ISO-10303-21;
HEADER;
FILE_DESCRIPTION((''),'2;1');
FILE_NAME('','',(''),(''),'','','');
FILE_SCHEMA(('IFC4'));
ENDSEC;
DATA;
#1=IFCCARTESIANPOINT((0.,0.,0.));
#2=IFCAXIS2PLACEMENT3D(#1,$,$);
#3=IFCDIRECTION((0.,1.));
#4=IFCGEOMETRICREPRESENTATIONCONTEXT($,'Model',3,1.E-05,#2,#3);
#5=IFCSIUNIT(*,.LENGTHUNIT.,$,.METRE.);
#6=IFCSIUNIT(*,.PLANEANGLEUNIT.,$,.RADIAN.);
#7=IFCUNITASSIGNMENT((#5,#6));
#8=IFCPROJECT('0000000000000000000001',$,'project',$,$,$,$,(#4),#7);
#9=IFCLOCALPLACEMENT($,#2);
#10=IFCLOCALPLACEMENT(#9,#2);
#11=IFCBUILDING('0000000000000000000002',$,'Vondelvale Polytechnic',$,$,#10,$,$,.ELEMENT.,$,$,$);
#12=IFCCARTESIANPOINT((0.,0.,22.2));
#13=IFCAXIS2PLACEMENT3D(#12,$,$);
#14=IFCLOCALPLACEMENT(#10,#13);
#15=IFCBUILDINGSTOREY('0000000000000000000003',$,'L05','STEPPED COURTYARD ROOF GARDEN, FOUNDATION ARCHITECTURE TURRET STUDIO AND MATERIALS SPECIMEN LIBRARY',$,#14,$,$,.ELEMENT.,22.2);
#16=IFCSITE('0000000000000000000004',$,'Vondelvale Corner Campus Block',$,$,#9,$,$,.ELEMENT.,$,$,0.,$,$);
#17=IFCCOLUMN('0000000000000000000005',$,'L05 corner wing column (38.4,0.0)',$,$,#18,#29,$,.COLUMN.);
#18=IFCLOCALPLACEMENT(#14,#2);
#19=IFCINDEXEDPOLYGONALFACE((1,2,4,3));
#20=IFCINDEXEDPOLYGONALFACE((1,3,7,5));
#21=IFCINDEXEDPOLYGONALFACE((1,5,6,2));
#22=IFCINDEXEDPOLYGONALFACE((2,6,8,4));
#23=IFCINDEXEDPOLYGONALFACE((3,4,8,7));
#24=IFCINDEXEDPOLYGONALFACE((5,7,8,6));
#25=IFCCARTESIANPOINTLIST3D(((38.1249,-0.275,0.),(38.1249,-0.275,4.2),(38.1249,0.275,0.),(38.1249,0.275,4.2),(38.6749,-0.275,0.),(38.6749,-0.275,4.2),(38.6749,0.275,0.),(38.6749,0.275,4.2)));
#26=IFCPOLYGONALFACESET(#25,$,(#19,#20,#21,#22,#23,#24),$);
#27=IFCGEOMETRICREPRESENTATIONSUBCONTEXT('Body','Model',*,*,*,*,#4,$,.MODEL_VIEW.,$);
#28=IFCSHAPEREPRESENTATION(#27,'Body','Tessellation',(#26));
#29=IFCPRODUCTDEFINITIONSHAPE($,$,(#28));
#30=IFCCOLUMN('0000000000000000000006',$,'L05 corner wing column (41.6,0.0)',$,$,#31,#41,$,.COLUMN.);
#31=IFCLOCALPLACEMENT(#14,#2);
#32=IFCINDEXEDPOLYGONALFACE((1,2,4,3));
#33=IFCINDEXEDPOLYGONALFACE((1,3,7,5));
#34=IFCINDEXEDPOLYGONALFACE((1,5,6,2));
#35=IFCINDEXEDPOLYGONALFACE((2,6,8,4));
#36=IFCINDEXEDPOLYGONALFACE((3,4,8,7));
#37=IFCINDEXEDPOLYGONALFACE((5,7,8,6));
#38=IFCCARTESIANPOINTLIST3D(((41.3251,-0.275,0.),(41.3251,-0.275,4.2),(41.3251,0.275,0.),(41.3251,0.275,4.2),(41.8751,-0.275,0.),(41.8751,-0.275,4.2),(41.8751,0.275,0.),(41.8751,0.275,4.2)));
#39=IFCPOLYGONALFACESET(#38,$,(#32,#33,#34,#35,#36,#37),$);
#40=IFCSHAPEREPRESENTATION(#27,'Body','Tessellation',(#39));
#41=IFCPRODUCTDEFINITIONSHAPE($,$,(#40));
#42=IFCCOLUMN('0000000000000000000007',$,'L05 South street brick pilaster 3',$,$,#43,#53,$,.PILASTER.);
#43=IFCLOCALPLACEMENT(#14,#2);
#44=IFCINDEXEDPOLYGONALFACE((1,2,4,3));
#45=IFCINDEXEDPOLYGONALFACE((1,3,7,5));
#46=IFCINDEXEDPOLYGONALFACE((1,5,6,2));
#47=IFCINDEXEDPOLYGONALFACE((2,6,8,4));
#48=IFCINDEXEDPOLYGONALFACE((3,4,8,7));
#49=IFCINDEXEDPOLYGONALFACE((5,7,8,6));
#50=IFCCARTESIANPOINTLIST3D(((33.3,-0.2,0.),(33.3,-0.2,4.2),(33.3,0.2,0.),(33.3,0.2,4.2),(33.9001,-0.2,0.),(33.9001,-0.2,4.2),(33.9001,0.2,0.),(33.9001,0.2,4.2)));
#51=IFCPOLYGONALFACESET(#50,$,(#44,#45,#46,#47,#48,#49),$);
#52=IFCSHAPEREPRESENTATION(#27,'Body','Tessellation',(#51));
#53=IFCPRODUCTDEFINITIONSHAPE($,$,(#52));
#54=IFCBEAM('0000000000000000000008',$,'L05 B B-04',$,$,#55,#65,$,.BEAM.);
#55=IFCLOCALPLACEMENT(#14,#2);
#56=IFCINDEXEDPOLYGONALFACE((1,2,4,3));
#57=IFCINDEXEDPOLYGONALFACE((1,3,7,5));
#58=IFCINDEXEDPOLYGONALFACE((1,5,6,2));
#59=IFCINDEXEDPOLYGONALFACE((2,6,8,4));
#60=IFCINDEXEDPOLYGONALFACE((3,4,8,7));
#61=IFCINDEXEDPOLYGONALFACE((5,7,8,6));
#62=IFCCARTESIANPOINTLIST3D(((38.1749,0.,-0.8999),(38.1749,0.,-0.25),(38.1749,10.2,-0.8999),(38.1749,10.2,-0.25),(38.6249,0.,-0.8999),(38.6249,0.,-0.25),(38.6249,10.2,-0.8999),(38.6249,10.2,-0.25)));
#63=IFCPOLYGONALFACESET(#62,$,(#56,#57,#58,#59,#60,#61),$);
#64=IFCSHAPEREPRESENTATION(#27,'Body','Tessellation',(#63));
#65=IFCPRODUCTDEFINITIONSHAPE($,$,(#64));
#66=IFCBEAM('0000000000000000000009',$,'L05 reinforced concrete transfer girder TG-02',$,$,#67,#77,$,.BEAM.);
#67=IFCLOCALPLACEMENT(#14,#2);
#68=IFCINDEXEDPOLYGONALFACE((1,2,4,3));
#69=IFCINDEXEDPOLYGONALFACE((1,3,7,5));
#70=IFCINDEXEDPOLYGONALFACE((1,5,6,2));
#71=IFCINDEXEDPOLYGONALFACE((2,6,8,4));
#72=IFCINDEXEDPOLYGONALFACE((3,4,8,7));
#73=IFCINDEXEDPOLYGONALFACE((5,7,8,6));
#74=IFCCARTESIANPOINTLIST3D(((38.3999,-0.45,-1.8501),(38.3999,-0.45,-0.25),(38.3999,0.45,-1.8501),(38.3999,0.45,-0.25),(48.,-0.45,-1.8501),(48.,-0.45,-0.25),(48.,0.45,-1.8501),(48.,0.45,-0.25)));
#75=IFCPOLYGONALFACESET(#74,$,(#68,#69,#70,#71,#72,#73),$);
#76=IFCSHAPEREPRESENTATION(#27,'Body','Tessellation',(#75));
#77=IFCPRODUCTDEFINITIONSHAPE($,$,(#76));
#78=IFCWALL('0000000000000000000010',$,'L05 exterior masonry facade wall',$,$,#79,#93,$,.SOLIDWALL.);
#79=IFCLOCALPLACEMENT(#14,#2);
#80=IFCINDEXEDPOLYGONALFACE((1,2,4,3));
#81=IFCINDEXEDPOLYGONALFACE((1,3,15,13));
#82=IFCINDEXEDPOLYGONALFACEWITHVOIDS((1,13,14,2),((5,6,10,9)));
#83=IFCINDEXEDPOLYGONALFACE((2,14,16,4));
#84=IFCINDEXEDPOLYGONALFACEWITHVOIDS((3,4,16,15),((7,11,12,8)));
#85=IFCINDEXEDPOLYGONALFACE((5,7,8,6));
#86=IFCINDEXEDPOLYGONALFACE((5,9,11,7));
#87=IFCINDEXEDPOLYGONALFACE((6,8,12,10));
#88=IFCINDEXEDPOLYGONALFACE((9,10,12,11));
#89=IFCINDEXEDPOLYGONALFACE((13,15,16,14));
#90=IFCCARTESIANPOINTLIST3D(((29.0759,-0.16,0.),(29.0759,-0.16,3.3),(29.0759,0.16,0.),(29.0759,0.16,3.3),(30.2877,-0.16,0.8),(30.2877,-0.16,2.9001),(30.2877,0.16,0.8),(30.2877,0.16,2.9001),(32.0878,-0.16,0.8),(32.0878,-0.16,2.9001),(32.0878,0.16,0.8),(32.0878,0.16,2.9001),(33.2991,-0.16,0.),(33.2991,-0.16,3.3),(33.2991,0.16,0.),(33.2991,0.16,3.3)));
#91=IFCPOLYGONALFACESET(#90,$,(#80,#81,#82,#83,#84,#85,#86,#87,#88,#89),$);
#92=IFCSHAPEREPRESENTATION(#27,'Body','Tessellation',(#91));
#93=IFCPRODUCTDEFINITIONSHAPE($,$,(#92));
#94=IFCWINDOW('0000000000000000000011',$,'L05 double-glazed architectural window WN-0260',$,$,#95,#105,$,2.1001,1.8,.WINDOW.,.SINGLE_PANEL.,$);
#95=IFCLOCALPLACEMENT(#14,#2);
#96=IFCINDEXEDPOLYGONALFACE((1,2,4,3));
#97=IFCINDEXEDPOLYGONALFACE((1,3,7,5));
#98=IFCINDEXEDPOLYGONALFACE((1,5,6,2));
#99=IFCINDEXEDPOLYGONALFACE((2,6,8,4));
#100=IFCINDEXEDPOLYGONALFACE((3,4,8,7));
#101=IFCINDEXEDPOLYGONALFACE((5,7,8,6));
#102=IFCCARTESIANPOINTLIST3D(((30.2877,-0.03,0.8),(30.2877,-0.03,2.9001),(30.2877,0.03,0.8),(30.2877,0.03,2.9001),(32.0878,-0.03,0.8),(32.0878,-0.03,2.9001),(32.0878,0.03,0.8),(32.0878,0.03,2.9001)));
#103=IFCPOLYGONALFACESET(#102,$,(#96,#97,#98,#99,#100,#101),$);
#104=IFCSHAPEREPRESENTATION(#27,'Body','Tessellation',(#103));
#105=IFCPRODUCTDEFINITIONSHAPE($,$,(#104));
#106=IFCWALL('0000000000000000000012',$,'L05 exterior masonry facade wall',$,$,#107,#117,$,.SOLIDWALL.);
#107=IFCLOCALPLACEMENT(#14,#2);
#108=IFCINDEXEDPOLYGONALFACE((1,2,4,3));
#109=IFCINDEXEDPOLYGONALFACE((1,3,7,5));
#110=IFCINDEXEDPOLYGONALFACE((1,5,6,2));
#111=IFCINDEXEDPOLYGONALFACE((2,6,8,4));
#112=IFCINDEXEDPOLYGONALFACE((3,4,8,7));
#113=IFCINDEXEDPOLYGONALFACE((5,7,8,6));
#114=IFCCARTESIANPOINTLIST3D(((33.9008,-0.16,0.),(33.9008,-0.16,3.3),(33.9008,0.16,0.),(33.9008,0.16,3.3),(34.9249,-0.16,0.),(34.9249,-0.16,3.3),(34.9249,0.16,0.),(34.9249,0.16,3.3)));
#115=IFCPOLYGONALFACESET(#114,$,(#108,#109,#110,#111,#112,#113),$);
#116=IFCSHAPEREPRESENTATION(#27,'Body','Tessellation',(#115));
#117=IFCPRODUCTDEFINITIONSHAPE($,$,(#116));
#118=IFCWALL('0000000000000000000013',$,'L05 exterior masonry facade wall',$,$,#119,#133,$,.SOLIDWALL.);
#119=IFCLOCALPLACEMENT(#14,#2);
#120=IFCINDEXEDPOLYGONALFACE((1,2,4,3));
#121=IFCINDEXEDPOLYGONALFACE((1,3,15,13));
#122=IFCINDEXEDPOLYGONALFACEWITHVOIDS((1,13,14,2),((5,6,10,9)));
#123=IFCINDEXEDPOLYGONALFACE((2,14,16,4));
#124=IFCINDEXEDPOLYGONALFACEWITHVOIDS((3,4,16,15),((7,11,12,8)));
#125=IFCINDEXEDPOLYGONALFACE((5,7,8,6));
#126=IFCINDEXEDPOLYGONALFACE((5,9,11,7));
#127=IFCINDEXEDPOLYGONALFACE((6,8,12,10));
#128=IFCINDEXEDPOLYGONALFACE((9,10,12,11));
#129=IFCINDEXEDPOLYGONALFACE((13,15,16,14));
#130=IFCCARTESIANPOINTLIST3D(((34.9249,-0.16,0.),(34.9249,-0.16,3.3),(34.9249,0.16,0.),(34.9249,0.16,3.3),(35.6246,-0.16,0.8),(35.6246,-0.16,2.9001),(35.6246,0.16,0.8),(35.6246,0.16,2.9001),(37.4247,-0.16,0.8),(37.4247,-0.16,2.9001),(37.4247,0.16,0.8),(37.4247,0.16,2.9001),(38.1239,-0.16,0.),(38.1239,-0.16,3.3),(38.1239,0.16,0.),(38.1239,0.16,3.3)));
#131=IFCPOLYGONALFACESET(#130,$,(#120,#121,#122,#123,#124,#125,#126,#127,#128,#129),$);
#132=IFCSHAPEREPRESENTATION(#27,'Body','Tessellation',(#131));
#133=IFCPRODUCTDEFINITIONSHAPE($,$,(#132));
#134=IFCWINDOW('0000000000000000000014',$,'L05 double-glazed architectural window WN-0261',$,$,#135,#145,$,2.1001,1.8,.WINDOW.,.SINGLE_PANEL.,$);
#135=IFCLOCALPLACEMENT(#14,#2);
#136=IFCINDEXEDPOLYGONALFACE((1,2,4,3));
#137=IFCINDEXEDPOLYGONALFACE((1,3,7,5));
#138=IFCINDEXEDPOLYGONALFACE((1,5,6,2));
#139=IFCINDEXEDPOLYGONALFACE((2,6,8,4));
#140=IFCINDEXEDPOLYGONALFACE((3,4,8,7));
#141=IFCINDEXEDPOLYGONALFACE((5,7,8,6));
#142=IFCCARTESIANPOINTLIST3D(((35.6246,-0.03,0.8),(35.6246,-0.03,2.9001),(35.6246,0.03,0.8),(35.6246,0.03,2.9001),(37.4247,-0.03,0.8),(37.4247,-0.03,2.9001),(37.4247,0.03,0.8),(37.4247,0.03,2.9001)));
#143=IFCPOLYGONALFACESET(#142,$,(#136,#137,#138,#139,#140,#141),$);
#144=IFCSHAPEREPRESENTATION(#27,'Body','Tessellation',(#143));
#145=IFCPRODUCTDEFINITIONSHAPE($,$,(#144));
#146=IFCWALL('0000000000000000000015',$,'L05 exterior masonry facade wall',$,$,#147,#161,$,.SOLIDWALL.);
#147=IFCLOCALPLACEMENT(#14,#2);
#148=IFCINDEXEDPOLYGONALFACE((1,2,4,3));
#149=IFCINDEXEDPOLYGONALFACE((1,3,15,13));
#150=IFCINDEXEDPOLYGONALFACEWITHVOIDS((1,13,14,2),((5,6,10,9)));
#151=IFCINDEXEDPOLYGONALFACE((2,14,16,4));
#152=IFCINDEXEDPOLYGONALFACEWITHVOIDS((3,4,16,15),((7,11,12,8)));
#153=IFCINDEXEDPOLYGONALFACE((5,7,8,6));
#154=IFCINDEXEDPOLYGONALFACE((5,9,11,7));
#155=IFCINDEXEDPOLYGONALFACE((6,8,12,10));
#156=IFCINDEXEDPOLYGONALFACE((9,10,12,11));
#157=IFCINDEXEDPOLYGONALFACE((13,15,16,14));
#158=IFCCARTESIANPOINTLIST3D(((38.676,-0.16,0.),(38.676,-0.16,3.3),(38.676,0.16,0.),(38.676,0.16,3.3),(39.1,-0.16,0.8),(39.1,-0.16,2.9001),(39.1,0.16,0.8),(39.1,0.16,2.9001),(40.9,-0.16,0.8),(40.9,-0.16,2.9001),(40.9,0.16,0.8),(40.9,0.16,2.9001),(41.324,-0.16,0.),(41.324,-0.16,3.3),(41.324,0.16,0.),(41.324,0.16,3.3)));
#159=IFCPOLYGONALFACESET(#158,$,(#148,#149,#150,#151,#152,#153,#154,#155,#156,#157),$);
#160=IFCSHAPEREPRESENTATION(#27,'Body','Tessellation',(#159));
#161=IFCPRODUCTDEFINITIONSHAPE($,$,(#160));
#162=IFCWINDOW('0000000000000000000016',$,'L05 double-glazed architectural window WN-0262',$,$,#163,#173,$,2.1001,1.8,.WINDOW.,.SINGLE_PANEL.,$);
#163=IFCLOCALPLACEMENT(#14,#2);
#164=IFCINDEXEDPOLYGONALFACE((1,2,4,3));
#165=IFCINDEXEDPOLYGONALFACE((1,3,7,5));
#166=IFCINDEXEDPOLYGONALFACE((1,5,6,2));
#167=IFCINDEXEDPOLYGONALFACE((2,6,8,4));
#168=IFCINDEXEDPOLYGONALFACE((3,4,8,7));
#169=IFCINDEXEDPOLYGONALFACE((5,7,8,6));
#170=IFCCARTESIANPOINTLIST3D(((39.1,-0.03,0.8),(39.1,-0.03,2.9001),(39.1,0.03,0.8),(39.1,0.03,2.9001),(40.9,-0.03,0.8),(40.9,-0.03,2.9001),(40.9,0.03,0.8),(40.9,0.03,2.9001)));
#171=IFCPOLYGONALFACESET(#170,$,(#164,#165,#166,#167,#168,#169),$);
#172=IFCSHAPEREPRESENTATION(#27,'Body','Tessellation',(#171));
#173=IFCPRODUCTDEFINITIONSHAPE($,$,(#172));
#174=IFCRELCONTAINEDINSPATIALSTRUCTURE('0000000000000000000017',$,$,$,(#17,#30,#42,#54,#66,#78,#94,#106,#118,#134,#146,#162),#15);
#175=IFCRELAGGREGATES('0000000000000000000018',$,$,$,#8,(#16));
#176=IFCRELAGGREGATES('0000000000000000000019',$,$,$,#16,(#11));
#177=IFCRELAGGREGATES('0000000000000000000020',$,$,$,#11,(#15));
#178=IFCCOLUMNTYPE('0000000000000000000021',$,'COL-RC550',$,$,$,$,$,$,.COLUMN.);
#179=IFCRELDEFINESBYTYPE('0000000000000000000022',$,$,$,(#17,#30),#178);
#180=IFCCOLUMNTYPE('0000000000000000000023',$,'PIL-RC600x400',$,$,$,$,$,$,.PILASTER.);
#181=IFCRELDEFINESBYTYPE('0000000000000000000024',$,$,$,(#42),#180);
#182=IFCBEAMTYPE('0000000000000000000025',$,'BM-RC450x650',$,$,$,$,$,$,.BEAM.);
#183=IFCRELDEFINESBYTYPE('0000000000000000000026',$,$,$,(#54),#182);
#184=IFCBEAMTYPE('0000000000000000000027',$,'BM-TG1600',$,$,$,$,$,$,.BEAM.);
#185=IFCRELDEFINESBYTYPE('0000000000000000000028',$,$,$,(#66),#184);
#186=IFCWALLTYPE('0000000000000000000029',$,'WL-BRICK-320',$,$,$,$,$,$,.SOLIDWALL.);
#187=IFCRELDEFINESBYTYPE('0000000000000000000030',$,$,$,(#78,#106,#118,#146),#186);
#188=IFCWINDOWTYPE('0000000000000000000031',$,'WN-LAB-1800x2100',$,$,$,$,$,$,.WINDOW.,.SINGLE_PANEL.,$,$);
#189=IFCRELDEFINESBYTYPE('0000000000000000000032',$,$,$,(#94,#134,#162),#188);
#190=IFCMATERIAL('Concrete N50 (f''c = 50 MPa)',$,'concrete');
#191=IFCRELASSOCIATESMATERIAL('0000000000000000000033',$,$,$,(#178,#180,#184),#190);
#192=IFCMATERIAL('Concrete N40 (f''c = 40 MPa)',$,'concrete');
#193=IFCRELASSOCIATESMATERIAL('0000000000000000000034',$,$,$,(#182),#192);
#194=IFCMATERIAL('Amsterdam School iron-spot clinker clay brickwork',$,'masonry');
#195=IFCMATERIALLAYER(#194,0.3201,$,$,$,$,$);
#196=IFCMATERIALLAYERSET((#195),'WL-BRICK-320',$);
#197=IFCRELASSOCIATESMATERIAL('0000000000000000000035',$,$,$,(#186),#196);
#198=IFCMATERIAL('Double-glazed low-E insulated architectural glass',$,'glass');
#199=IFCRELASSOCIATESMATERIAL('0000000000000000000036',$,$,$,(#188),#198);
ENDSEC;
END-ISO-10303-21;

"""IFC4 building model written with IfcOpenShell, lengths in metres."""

from ifc_helpers import new_model, si_unit, direction, frame, frame_2d, origin, origin_2d, place, context, subcontext, project, spatial, rectangle, extrude, material, layer, layer_set, material_profile, profile_set, type_object, element, fill, save


model = new_model("IFC4")

# Units and contexts
model_context = context("Model", 3, precision=1e-05, world=origin(), true_north=direction((0.0, 1.0)))
body_context = subcontext(model_context, "Body", "Model", "MODEL_VIEW")
ifc_project = project(units=[si_unit("LENGTHUNIT", "METRE"), si_unit("PLANEANGLEUNIT", "RADIAN")], contexts=[model_context])

# Site, building, storey
site_placement = place(None, origin())
site = spatial("IfcSite", under=ifc_project, at=site_placement, Name="Vondelvale Corner Campus Block", CompositionType="ELEMENT", RefElevation=0.0)
building_placement = place(site_placement, origin())
building = spatial("IfcBuilding", under=site, at=building_placement, Name="Vondelvale Polytechnic", CompositionType="ELEMENT")
storey_placement = place(building_placement, frame((0.0, 0.0, 22.2)))
storey = spatial("IfcBuildingStorey", under=building, at=storey_placement, Name="L05", Description="STEPPED COURTYARD ROOF GARDEN, FOUNDATION ARCHITECTURE TURRET STUDIO AND MATERIALS SPECIMEN LIBRARY", CompositionType="ELEMENT", Elevation=22.2)

# Columns
ifc_material_1 = material(Name="Concrete N50 (f'c = 50 MPa)", Category="concrete")
ifc_material_profile_1 = material_profile(ifc_material_1, rectangle(XDim=0.55, YDim=0.55, at=origin_2d()), Name="RC-COL-550x550")
ifc_profile_set_1 = profile_set([ifc_material_profile_1], Name="Concrete N50 (f'c = 50 MPa)")
column_type_1 = type_object("IfcColumnType", Name="COL-RC550", PredefinedType="COLUMN", material=ifc_profile_set_1)
for number, where, z_axis, x_axis, name in (
    (1, (38.3999, 0.0, 0.0), (0.0, 0.0, 1.0), (1.0, 0.0, 0.0), "L05 corner wing column (38.4,0.0)"),
    (2, (41.6001, 0.0, 0.0), (0.0, 0.0, 1.0), (1.0, 0.0, 0.0), "L05 corner wing column (41.6,0.0)"),
):
    element("IfcColumn", number, at=place(storey_placement, frame(where, z_axis=z_axis, x_axis=x_axis)), inside=storey, type_object=column_type_1, Name=name, PredefinedType="COLUMN", context=body_context, shape_type="SweptSolid", body=[
        extrude(rectangle(XDim=0.55, YDim=0.55, at=origin_2d()), origin(), (0.0, 0.0, 1.0), 4.2),
    ])
ifc_material_profile_2 = material_profile(ifc_material_1, rectangle(XDim=0.3999, YDim=0.6001, at=origin_2d()), Name="RC-PIL-600x400")
ifc_profile_set_2 = profile_set([ifc_material_profile_2], Name="Concrete N50 (f'c = 50 MPa)")
column_type_2 = type_object("IfcColumnType", Name="PIL-RC600x400", PredefinedType="PILASTER", material=ifc_profile_set_2)
column_placement = place(storey_placement, frame((33.6001, 0.0, 0.0), z_axis=(0.0, 0.0, 1.0), x_axis=(0.0, 1.0, 0.0)))
element("IfcColumn", 3, at=column_placement, inside=storey, type_object=column_type_2, Name="L05 South street brick pilaster 3", PredefinedType="PILASTER", context=body_context, shape_type="SweptSolid", body=[
    extrude(rectangle(XDim=0.3999, YDim=0.6001, at=origin_2d()), origin(), (0.0, 0.0, 1.0), 4.2),
])

# Beams
ifc_material_2 = material(Name="Concrete N40 (f'c = 40 MPa)", Category="concrete")
ifc_material_profile_3 = material_profile(ifc_material_2, rectangle(XDim=0.45, YDim=0.6499, at=origin_2d()), Name="RC-BM-450x650")
ifc_profile_set_3 = profile_set([ifc_material_profile_3], Name="Concrete N40 (f'c = 40 MPa)")
beam_type_1 = type_object("IfcBeamType", Name="BM-RC450x650", PredefinedType="BEAM", material=ifc_profile_set_3)
beam_1_placement = place(storey_placement, frame((38.3999, 0.0, -0.575), z_axis=(0.0, 1.0, 0.0), x_axis=(-1.0, 0.0, 0.0)))
element("IfcBeam", 4, at=beam_1_placement, inside=storey, type_object=beam_type_1, Name="L05 B B-04", PredefinedType="BEAM", context=body_context, shape_type="SweptSolid", body=[
    extrude(rectangle(XDim=0.45, YDim=0.6499, at=origin_2d()), origin(), (0.0, 0.0, 1.0), 10.2),
])
ifc_material_profile_4 = material_profile(ifc_material_1, rectangle(XDim=0.8999, YDim=1.6001, at=origin_2d()), Name="RC-TG-900x1600")
ifc_profile_set_4 = profile_set([ifc_material_profile_4], Name="Concrete N50 (f'c = 50 MPa)")
beam_type_2 = type_object("IfcBeamType", Name="BM-TG1600", PredefinedType="BEAM", material=ifc_profile_set_4)
beam_2_placement = place(storey_placement, frame((38.3999, 0.0, -1.05), z_axis=(1.0, 0.0, 0.0), x_axis=(0.0, 1.0, 0.0)))
element("IfcBeam", 5, at=beam_2_placement, inside=storey, type_object=beam_type_2, Name="L05 reinforced concrete transfer girder TG-02", PredefinedType="BEAM", context=body_context, shape_type="SweptSolid", body=[
    extrude(rectangle(XDim=0.8999, YDim=1.6001, at=origin_2d()), origin(), (0.0, 0.0, 1.0), 9.6001),
])

# Wall, opening, window
ifc_material_3 = material(Name="Amsterdam School iron-spot clinker clay brickwork", Category="masonry")
ifc_layer_1 = layer(ifc_material_3, 0.3201)
ifc_layer_set_1 = layer_set([ifc_layer_1], Name="WL-BRICK-320")
wall_type = type_object("IfcWallType", Name="WL-BRICK-320", PredefinedType="SOLIDWALL", material=ifc_layer_set_1)
wall_1_placement = place(storey_placement, frame((33.2991, 0.0, 0.0), z_axis=(0.0, 0.0, 1.0), x_axis=(-1.0, 0.0, 0.0)))
wall_1 = element("IfcWall", 6, at=wall_1_placement, inside=storey, type_object=wall_type, Name="L05 exterior masonry facade wall", PredefinedType="SOLIDWALL", context=body_context, shape_type="SweptSolid", body=[
    extrude(rectangle(XDim=4.2231, YDim=0.3201, at=frame_2d((2.1116, 0.0))), origin(), (0.0, 0.0, 1.0), 3.3),
])
opening_1_placement = place(wall_1_placement, frame((1.2114, 0.0, 0.8)))
opening_1 = element("IfcOpeningElement", 7, at=opening_1_placement, cuts=wall_1, PredefinedType="OPENING", context=body_context, shape_type="SweptSolid", body=[
    extrude(rectangle(XDim=1.8, YDim=2.1001, at=frame_2d((0.8999, 1.05))), frame((0.0, 0.1699, 0.0), z_axis=(0.0, -1.0, 0.0), x_axis=(1.0, 0.0, 0.0)), (0.0, 0.0, 1.0), 0.3401),
])
ifc_material_4 = material(Name="Double-glazed low-E insulated architectural glass", Category="glass")
window_type = type_object("IfcWindowType", Name="WN-LAB-1800x2100", PartitioningType="SINGLE_PANEL", PredefinedType="WINDOW", material=ifc_material_4)
window_1_placement = place(opening_1_placement, origin())
window_1 = element("IfcWindow", 8, at=window_1_placement, inside=storey, type_object=window_type, Name="L05 double-glazed architectural window WN-0260", OverallHeight=2.1001, OverallWidth=1.8, PartitioningType="SINGLE_PANEL", PredefinedType="WINDOW", context=body_context, shape_type="SweptSolid", body=[
    extrude(rectangle(XDim=1.8, YDim=2.1001, at=frame_2d((0.8999, 1.05))), frame((0.0, 0.03, 0.0), z_axis=(0.0, -1.0, 0.0), x_axis=(1.0, 0.0, 0.0)), (0.0, 0.0, 1.0), 0.0601),
])
fill(opening_1, window_1)

# Wall
wall_2_placement = place(storey_placement, frame((34.925, 0.0, 0.0), z_axis=(0.0, 0.0, 1.0), x_axis=(-1.0, 0.0, 0.0)))
element("IfcWall", 9, at=wall_2_placement, inside=storey, type_object=wall_type, Name="L05 exterior masonry facade wall", PredefinedType="SOLIDWALL", context=body_context, shape_type="SweptSolid", body=[
    extrude(rectangle(XDim=1.0242, YDim=0.3201, at=frame_2d((0.5122, 0.0))), origin(), (0.0, 0.0, 1.0), 3.3),
])

# Walls, openings, windows
wall_3_placement = place(storey_placement, frame((38.124, 0.0, 0.0), z_axis=(0.0, 0.0, 1.0), x_axis=(-1.0, 0.0, 0.0)))
wall_3 = element("IfcWall", 10, at=wall_3_placement, inside=storey, type_object=wall_type, Name="L05 exterior masonry facade wall", PredefinedType="SOLIDWALL", context=body_context, shape_type="SweptSolid", body=[
    extrude(rectangle(XDim=3.199, YDim=0.3201, at=frame_2d((1.5996, 0.0))), origin(), (0.0, 0.0, 1.0), 3.3),
])
opening_2_placement = place(wall_3_placement, frame((0.6995, 0.0, 0.8)))
opening_2 = element("IfcOpeningElement", 11, at=opening_2_placement, cuts=wall_3, PredefinedType="OPENING", context=body_context, shape_type="SweptSolid", body=[
    extrude(rectangle(XDim=1.8, YDim=2.1001, at=frame_2d((0.8999, 1.05))), frame((0.0, 0.1699, 0.0), z_axis=(0.0, -1.0, 0.0), x_axis=(1.0, 0.0, 0.0)), (0.0, 0.0, 1.0), 0.3401),
])
window_2_placement = place(opening_2_placement, origin())
window_2 = element("IfcWindow", 12, at=window_2_placement, inside=storey, type_object=window_type, Name="L05 double-glazed architectural window WN-0261", OverallHeight=2.1001, OverallWidth=1.8, PartitioningType="SINGLE_PANEL", PredefinedType="WINDOW", context=body_context, shape_type="SweptSolid", body=[
    extrude(rectangle(XDim=1.8, YDim=2.1001, at=frame_2d((0.8999, 1.05))), frame((0.0, 0.03, 0.0), z_axis=(0.0, -1.0, 0.0), x_axis=(1.0, 0.0, 0.0)), (0.0, 0.0, 1.0), 0.0601),
])
fill(opening_2, window_2)
wall_4_placement = place(storey_placement, frame((41.324, 0.0, 0.0), z_axis=(0.0, 0.0, 1.0), x_axis=(-1.0, 0.0, 0.0)))
wall_4 = element("IfcWall", 13, at=wall_4_placement, inside=storey, type_object=wall_type, Name="L05 exterior masonry facade wall", PredefinedType="SOLIDWALL", context=body_context, shape_type="SweptSolid", body=[
    extrude(rectangle(XDim=2.6479, YDim=0.3201, at=frame_2d((1.324, 0.0))), origin(), (0.0, 0.0, 1.0), 3.3),
])
opening_3_placement = place(wall_4_placement, frame((0.4241, 0.0, 0.8)))
opening_3 = element("IfcOpeningElement", 14, at=opening_3_placement, cuts=wall_4, PredefinedType="OPENING", context=body_context, shape_type="SweptSolid", body=[
    extrude(rectangle(XDim=1.8, YDim=2.1001, at=frame_2d((0.8999, 1.05))), frame((0.0, 0.1699, 0.0), z_axis=(0.0, -1.0, 0.0), x_axis=(1.0, 0.0, 0.0)), (0.0, 0.0, 1.0), 0.3401),
])
window_3_placement = place(opening_3_placement, origin())
window_3 = element("IfcWindow", 15, at=window_3_placement, inside=storey, type_object=window_type, Name="L05 double-glazed architectural window WN-0262", OverallHeight=2.1001, OverallWidth=1.8, PartitioningType="SINGLE_PANEL", PredefinedType="WINDOW", context=body_context, shape_type="SweptSolid", body=[
    extrude(rectangle(XDim=1.8, YDim=2.1001, at=frame_2d((0.8999, 1.05))), frame((0.0, 0.03, 0.0), z_axis=(0.0, -1.0, 0.0), x_axis=(1.0, 0.0, 0.0)), (0.0, 0.0, 1.0), 0.0601),
])
fill(opening_3, window_3)

save(model, "model.ifc")
